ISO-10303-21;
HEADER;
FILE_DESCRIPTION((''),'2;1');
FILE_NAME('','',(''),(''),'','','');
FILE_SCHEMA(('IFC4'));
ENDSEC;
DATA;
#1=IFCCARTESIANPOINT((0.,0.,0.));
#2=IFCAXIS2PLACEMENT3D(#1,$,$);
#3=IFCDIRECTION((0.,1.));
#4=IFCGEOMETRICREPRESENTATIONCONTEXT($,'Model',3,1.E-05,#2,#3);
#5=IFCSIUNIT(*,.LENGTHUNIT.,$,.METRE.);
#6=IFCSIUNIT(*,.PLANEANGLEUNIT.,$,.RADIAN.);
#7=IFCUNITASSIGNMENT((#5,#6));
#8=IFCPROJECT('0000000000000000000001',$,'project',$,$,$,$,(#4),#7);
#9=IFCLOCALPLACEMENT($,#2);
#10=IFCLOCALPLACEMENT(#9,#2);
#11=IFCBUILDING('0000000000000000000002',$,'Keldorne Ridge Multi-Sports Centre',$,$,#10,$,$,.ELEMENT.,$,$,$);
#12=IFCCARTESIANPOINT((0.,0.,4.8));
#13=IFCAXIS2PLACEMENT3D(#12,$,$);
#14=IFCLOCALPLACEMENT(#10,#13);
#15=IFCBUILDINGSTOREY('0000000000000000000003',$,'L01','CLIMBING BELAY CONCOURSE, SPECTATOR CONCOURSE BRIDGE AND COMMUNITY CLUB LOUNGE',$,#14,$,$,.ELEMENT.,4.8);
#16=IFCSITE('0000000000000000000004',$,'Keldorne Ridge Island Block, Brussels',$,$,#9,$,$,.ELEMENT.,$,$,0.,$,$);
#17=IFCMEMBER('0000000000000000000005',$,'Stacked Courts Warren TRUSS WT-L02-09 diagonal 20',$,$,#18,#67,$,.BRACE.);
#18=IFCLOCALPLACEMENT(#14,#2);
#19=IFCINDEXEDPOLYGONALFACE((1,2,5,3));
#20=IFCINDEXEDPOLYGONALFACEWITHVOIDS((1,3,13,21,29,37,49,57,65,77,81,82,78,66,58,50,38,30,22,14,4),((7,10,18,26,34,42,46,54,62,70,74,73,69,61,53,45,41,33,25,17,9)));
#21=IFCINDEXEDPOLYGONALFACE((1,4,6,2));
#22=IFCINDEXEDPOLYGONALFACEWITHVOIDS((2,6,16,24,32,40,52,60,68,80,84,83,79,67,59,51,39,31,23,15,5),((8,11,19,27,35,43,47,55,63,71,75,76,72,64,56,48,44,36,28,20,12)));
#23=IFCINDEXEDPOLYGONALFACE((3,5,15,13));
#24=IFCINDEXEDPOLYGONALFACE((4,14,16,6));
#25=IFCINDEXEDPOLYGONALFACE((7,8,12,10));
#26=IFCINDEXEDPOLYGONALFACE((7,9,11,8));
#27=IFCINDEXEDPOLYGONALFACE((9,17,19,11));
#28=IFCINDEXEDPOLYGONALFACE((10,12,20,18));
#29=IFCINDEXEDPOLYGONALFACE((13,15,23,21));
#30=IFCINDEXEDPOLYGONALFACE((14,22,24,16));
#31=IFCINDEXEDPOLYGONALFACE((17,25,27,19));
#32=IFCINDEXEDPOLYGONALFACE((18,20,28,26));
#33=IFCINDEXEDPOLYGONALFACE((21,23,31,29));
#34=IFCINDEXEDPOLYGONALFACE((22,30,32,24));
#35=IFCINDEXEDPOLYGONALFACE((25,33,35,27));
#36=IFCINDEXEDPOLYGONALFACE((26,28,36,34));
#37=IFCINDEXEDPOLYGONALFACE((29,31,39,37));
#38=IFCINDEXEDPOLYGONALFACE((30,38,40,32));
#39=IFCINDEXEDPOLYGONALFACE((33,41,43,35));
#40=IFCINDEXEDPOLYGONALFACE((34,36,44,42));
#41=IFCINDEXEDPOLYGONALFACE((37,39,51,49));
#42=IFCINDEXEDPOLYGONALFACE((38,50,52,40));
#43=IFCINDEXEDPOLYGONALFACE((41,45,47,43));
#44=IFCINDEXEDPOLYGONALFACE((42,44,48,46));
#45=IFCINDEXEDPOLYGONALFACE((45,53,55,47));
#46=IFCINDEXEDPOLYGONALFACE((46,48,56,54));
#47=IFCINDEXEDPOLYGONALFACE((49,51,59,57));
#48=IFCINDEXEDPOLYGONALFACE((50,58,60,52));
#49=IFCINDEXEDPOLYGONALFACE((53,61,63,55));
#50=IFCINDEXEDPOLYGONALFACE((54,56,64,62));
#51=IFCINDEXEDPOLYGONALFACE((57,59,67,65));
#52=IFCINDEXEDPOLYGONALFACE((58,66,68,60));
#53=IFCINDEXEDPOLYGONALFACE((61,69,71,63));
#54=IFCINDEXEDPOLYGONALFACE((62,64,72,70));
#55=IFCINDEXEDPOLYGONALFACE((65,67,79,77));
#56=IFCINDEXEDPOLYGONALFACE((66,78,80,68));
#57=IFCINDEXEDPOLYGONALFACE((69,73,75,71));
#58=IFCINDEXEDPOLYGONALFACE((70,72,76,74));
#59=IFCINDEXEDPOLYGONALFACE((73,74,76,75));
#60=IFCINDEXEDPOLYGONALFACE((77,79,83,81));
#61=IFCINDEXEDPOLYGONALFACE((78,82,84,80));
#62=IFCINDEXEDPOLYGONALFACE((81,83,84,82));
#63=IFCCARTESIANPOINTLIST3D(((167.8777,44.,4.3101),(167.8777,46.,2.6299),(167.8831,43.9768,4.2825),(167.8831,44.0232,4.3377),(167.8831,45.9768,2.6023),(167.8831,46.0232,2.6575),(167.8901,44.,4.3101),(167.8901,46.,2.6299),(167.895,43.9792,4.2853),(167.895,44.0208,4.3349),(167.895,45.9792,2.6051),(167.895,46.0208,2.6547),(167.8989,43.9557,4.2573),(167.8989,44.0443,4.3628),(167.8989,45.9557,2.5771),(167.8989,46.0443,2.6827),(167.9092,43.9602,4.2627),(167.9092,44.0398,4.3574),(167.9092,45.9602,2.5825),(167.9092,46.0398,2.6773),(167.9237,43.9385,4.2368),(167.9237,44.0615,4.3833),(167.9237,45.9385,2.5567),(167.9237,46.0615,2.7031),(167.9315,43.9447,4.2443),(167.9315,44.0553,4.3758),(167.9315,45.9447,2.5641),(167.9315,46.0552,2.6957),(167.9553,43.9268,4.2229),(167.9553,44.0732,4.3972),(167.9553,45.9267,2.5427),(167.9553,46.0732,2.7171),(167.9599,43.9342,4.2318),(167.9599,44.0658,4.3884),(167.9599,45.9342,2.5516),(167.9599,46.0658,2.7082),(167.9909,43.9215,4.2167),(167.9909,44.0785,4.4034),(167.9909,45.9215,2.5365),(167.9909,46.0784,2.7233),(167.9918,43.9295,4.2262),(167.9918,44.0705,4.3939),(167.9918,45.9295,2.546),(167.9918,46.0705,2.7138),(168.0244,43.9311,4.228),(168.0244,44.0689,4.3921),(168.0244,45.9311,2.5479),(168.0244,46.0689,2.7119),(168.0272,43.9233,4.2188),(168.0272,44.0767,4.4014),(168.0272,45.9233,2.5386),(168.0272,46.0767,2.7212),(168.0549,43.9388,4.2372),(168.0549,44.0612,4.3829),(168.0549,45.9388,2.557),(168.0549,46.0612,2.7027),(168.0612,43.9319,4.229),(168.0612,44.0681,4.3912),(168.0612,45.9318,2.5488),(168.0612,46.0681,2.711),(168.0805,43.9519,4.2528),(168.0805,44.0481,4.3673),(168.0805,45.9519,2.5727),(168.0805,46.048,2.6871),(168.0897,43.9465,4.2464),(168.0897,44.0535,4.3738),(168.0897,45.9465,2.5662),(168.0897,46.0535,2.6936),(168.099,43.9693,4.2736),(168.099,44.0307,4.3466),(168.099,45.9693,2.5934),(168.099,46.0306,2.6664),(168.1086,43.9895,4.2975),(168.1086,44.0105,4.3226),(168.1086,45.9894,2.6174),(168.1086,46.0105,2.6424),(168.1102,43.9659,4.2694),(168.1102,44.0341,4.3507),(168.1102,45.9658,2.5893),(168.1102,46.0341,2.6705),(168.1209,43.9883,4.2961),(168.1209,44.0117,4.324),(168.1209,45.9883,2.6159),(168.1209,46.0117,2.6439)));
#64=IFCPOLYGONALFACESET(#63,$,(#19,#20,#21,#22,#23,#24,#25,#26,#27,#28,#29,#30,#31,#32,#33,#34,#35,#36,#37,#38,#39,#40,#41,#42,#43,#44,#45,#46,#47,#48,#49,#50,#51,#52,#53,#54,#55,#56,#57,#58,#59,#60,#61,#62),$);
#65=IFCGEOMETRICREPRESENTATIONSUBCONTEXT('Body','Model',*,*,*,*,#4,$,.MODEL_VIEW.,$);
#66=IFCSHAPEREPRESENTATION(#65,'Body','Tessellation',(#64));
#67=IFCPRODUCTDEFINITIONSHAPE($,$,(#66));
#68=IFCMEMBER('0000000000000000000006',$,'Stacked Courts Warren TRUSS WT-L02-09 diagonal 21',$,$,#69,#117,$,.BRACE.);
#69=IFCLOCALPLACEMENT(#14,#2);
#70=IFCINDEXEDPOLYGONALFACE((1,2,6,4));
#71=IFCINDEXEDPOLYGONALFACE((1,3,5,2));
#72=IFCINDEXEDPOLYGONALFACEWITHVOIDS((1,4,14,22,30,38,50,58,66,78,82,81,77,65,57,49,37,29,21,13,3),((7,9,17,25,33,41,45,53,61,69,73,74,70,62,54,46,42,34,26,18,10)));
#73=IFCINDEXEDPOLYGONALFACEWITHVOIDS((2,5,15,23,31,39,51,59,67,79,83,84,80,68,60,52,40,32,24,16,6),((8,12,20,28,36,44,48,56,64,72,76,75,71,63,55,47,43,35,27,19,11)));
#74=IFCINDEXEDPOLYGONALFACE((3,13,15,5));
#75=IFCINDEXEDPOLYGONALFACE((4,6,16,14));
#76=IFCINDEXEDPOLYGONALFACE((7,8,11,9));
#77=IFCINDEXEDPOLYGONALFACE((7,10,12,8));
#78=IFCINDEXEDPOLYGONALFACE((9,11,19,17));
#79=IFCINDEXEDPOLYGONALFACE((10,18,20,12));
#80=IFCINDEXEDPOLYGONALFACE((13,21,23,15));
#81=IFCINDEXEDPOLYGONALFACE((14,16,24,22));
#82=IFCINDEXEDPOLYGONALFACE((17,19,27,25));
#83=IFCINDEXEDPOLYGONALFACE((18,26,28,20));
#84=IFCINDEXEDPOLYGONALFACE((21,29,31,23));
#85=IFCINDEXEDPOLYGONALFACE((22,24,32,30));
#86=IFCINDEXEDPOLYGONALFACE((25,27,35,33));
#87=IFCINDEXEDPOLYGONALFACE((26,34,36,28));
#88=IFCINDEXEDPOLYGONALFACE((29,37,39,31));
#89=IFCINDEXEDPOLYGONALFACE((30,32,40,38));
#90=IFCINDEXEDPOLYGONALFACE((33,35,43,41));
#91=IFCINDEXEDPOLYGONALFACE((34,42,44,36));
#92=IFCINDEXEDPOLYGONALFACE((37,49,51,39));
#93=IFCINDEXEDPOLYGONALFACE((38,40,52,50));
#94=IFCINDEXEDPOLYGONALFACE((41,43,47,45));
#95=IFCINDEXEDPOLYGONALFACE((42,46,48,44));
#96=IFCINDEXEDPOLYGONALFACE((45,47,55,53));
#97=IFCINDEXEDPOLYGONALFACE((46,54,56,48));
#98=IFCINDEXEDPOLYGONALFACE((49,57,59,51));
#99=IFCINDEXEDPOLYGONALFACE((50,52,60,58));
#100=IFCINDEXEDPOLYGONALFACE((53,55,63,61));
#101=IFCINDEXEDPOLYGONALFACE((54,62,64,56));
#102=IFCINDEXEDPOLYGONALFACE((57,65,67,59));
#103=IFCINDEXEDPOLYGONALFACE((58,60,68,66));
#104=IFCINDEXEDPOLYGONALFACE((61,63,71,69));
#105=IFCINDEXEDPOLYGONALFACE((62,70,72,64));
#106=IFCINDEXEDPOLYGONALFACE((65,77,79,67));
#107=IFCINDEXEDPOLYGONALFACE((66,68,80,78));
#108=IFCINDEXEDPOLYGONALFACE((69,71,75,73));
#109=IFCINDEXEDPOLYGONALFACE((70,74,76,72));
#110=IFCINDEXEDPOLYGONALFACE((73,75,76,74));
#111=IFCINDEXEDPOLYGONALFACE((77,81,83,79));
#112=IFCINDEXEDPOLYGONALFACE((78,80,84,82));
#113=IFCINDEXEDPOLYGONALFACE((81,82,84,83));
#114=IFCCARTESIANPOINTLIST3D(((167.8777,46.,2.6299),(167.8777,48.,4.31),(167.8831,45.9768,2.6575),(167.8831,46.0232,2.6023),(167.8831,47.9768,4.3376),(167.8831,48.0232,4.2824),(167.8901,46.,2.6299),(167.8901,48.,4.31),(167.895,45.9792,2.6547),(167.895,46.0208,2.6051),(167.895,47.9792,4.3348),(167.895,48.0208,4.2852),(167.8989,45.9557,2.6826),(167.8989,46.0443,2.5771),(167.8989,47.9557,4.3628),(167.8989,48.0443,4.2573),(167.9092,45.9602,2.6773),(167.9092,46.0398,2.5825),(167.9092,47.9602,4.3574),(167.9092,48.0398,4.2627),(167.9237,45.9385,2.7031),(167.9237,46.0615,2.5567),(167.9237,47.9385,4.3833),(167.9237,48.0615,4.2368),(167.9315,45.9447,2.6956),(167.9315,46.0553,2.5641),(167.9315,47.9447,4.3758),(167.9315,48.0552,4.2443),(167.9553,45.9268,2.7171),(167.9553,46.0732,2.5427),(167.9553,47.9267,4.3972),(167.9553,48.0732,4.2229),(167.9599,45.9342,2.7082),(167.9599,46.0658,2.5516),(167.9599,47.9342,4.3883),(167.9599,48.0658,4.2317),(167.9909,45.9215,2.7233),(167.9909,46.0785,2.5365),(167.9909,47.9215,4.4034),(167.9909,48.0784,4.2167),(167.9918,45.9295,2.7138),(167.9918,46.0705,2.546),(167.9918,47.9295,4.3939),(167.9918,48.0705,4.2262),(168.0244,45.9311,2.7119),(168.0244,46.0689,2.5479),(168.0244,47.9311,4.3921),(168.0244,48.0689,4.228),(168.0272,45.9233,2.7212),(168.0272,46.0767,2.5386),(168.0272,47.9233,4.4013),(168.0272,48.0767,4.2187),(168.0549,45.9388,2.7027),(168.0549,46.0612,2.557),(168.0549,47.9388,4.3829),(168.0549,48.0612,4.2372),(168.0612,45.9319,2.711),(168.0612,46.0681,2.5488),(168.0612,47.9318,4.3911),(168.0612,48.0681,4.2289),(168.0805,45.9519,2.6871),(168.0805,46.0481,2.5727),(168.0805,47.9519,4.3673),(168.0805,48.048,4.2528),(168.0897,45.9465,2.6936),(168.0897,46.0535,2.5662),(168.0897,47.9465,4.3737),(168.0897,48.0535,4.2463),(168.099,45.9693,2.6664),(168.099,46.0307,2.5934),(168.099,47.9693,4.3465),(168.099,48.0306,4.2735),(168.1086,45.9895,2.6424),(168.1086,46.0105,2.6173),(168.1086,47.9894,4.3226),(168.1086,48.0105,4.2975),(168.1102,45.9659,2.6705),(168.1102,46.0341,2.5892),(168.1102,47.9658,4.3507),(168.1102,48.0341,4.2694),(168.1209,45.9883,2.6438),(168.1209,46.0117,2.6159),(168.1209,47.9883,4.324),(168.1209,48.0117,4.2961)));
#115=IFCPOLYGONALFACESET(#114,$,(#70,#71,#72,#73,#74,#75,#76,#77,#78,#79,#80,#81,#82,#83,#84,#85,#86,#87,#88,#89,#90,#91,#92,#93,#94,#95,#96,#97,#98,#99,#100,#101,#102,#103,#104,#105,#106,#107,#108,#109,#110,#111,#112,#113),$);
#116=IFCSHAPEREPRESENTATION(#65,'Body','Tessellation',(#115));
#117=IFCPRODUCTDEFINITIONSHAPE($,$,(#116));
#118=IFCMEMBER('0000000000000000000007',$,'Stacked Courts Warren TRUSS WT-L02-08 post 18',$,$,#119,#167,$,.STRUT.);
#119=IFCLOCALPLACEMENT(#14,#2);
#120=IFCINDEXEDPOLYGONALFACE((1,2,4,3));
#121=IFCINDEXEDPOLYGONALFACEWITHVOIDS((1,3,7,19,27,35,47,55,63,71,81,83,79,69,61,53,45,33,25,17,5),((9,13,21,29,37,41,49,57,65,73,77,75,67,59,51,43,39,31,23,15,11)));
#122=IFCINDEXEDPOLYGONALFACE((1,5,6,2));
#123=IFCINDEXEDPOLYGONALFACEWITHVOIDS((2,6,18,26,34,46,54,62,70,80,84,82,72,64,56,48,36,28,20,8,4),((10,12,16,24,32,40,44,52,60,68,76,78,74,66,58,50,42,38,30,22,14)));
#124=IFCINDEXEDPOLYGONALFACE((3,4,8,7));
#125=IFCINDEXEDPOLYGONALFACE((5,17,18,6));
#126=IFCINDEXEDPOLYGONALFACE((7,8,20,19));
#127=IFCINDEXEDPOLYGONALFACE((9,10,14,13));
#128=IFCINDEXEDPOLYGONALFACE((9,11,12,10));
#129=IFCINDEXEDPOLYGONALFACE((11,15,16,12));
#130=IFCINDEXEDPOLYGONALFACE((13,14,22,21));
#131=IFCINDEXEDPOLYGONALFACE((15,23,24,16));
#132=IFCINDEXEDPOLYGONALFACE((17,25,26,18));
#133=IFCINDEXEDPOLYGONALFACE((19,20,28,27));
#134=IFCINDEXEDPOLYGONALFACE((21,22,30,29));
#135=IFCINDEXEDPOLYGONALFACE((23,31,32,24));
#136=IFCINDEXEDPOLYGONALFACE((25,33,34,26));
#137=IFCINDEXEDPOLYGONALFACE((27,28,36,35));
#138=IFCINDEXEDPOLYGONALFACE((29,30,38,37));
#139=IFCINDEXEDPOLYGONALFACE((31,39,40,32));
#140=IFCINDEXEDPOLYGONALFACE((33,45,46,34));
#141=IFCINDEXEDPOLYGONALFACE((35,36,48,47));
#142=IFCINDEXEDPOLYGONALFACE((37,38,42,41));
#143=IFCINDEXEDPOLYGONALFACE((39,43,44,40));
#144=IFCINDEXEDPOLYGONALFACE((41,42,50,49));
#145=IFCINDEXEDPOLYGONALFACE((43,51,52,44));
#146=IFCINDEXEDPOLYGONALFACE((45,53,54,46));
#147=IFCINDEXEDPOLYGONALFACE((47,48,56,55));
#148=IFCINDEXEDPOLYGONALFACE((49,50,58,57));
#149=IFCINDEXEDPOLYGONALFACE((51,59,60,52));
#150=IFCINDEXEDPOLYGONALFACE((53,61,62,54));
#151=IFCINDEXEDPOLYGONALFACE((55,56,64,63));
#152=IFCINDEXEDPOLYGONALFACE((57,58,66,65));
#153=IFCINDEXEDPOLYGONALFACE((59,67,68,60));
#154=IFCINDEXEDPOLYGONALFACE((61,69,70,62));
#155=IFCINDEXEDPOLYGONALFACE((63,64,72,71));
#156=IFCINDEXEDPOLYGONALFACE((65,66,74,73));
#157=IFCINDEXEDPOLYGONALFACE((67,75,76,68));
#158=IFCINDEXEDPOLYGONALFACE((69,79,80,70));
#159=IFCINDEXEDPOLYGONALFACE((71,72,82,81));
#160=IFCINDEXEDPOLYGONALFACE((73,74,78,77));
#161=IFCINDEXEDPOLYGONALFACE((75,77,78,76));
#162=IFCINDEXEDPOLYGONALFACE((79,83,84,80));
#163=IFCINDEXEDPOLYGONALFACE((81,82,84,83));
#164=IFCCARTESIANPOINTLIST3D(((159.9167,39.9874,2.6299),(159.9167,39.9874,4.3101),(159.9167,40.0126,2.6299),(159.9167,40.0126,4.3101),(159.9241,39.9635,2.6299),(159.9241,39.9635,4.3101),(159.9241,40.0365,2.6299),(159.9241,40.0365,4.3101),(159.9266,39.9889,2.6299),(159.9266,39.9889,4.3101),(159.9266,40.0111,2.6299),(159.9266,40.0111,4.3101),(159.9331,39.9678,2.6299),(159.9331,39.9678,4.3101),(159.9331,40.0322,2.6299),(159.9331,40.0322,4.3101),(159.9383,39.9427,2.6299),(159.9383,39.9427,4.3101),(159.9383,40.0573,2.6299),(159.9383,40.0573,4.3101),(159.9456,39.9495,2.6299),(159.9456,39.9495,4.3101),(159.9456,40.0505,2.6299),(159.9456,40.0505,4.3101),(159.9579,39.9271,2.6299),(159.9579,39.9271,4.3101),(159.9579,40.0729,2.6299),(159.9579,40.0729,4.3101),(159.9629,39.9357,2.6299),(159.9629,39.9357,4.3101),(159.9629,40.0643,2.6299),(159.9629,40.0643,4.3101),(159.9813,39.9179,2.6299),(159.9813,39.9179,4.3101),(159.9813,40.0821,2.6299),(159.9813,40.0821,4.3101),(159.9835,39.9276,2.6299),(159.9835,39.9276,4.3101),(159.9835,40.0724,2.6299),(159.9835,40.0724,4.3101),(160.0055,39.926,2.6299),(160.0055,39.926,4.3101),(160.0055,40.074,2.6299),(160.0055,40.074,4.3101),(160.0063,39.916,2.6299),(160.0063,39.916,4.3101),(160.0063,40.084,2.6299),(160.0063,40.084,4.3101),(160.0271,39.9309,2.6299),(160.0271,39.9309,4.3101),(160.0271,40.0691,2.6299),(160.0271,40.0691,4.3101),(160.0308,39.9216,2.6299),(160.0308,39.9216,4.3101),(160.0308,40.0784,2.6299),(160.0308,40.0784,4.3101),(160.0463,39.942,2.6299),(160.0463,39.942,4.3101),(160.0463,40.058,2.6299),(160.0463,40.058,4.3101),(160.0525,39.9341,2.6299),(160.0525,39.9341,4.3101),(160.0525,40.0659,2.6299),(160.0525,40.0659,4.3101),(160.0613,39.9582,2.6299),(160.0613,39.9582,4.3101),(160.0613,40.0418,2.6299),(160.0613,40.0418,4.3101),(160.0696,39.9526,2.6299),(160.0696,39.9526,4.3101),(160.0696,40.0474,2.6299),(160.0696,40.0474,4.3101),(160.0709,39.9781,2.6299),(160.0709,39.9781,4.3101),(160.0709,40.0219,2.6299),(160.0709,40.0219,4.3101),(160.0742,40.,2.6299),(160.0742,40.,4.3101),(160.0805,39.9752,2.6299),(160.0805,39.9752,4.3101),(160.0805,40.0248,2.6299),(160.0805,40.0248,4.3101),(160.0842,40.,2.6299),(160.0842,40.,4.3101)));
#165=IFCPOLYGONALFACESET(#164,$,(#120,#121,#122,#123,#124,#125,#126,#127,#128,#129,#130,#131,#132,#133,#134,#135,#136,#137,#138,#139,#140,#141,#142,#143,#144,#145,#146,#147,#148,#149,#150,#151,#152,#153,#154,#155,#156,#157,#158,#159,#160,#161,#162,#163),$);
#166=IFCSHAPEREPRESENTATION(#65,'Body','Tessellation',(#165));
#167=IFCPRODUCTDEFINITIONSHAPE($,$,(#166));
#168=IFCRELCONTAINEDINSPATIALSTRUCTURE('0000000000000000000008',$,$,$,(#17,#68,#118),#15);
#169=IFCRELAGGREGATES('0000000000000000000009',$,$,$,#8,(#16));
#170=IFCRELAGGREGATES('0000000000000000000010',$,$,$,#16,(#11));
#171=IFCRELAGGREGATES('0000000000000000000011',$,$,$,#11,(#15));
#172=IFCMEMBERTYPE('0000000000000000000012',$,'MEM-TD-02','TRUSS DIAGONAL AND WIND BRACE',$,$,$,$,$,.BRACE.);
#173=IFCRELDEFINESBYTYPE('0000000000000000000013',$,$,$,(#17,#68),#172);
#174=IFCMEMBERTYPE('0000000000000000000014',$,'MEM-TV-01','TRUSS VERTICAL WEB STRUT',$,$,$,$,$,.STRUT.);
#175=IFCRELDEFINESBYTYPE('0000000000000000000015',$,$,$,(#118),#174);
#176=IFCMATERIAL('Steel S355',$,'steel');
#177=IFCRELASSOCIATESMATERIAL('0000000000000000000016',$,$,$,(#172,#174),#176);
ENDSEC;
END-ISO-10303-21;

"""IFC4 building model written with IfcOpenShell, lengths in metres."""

from ifc_helpers import new_model, si_unit, direction, frame, origin, origin_2d, place, context, subcontext, project, spatial, hollow_circle, extrude, material, material_profile, profile_set, type_object, element, save


model = new_model("IFC4")

# Units and contexts
model_context = context("Model", 3, precision=1e-05, world=origin(), true_north=direction((0.0, 1.0)))
body_context = subcontext(model_context, "Body", "Model", "MODEL_VIEW")
ifc_project = project(units=[si_unit("LENGTHUNIT", "METRE"), si_unit("PLANEANGLEUNIT", "RADIAN")], contexts=[model_context])

# Site, building, storey
site_placement = place(None, origin())
site = spatial("IfcSite", under=ifc_project, at=site_placement, Name="Keldorne Ridge Island Block, Brussels", CompositionType="ELEMENT", RefElevation=0.0)
building_placement = place(site_placement, origin())
building = spatial("IfcBuilding", under=site, at=building_placement, Name="Keldorne Ridge Multi-Sports Centre", CompositionType="ELEMENT")
storey_placement = place(building_placement, frame((0.0, 0.0, 4.8)))
storey = spatial("IfcBuildingStorey", under=building, at=storey_placement, Name="L01", Description="CLIMBING BELAY CONCOURSE, SPECTATOR CONCOURSE BRIDGE AND COMMUNITY CLUB LOUNGE", CompositionType="ELEMENT", Elevation=4.8)

# Shared definitions
ifc_material = material(Name="Steel S355", Category="steel")

# Members
ifc_material_profile_1 = material_profile(ifc_material, hollow_circle(Radius=0.1223, WallThickness=0.0125, at=origin_2d()), Name="CHS 244.5x12.5")
ifc_profile_set_1 = profile_set([ifc_material_profile_1], Name="Steel S355")
member_type_1 = type_object("IfcMemberType", Name="MEM-TD-02", Description="TRUSS DIAGONAL AND WIND BRACE", PredefinedType="BRACE", material=ifc_profile_set_1)
for number, where, z_axis, x_axis, name in (
    (1, (168.0, 44.0, 4.3101), (0.0, 0.765672, -0.643232), (-1.0, 0.0, 0.0), "Stacked Courts Warren TRUSS WT-L02-09 diagonal 20"),
    (2, (168.0, 46.0, 2.6299), (0.0, 0.765672, 0.643232), (-1.0, 0.0, 0.0), "Stacked Courts Warren TRUSS WT-L02-09 diagonal 21"),
):
    element("IfcMember", number, at=place(storey_placement, frame(where, z_axis=z_axis, x_axis=x_axis)), inside=storey, type_object=member_type_1, Name=name, PredefinedType="BRACE", context=body_context, shape_type="SweptSolid", body=[
        extrude(hollow_circle(Radius=0.1223, WallThickness=0.0125, at=origin_2d()), origin(), (0.0, 0.0, 1.0), 2.6121),
    ])
ifc_material_profile_2 = material_profile(ifc_material, hollow_circle(Radius=0.0842, WallThickness=0.01, at=origin_2d()), Name="CHS 168.3x10")
ifc_profile_set_2 = profile_set([ifc_material_profile_2], Name="Steel S355")
member_type_2 = type_object("IfcMemberType", Name="MEM-TV-01", Description="TRUSS VERTICAL WEB STRUT", PredefinedType="STRUT", material=ifc_profile_set_2)
for number, where, z_axis, x_axis, name in (
    (3, (160.0, 40.0, 2.6299), (0.0, 0.0, 1.0), (1.0, 0.0, 0.0), "Stacked Courts Warren TRUSS WT-L02-08 post 18"),
):
    element("IfcMember", number, at=place(storey_placement, frame(where, z_axis=z_axis, x_axis=x_axis)), inside=storey, type_object=member_type_2, Name=name, PredefinedType="STRUT", context=body_context, shape_type="SweptSolid", body=[
        extrude(hollow_circle(Radius=0.0842, WallThickness=0.01, at=origin_2d()), origin(), (0.0, 0.0, 1.0), 1.6802),
    ])

save(model, "model.ifc")
